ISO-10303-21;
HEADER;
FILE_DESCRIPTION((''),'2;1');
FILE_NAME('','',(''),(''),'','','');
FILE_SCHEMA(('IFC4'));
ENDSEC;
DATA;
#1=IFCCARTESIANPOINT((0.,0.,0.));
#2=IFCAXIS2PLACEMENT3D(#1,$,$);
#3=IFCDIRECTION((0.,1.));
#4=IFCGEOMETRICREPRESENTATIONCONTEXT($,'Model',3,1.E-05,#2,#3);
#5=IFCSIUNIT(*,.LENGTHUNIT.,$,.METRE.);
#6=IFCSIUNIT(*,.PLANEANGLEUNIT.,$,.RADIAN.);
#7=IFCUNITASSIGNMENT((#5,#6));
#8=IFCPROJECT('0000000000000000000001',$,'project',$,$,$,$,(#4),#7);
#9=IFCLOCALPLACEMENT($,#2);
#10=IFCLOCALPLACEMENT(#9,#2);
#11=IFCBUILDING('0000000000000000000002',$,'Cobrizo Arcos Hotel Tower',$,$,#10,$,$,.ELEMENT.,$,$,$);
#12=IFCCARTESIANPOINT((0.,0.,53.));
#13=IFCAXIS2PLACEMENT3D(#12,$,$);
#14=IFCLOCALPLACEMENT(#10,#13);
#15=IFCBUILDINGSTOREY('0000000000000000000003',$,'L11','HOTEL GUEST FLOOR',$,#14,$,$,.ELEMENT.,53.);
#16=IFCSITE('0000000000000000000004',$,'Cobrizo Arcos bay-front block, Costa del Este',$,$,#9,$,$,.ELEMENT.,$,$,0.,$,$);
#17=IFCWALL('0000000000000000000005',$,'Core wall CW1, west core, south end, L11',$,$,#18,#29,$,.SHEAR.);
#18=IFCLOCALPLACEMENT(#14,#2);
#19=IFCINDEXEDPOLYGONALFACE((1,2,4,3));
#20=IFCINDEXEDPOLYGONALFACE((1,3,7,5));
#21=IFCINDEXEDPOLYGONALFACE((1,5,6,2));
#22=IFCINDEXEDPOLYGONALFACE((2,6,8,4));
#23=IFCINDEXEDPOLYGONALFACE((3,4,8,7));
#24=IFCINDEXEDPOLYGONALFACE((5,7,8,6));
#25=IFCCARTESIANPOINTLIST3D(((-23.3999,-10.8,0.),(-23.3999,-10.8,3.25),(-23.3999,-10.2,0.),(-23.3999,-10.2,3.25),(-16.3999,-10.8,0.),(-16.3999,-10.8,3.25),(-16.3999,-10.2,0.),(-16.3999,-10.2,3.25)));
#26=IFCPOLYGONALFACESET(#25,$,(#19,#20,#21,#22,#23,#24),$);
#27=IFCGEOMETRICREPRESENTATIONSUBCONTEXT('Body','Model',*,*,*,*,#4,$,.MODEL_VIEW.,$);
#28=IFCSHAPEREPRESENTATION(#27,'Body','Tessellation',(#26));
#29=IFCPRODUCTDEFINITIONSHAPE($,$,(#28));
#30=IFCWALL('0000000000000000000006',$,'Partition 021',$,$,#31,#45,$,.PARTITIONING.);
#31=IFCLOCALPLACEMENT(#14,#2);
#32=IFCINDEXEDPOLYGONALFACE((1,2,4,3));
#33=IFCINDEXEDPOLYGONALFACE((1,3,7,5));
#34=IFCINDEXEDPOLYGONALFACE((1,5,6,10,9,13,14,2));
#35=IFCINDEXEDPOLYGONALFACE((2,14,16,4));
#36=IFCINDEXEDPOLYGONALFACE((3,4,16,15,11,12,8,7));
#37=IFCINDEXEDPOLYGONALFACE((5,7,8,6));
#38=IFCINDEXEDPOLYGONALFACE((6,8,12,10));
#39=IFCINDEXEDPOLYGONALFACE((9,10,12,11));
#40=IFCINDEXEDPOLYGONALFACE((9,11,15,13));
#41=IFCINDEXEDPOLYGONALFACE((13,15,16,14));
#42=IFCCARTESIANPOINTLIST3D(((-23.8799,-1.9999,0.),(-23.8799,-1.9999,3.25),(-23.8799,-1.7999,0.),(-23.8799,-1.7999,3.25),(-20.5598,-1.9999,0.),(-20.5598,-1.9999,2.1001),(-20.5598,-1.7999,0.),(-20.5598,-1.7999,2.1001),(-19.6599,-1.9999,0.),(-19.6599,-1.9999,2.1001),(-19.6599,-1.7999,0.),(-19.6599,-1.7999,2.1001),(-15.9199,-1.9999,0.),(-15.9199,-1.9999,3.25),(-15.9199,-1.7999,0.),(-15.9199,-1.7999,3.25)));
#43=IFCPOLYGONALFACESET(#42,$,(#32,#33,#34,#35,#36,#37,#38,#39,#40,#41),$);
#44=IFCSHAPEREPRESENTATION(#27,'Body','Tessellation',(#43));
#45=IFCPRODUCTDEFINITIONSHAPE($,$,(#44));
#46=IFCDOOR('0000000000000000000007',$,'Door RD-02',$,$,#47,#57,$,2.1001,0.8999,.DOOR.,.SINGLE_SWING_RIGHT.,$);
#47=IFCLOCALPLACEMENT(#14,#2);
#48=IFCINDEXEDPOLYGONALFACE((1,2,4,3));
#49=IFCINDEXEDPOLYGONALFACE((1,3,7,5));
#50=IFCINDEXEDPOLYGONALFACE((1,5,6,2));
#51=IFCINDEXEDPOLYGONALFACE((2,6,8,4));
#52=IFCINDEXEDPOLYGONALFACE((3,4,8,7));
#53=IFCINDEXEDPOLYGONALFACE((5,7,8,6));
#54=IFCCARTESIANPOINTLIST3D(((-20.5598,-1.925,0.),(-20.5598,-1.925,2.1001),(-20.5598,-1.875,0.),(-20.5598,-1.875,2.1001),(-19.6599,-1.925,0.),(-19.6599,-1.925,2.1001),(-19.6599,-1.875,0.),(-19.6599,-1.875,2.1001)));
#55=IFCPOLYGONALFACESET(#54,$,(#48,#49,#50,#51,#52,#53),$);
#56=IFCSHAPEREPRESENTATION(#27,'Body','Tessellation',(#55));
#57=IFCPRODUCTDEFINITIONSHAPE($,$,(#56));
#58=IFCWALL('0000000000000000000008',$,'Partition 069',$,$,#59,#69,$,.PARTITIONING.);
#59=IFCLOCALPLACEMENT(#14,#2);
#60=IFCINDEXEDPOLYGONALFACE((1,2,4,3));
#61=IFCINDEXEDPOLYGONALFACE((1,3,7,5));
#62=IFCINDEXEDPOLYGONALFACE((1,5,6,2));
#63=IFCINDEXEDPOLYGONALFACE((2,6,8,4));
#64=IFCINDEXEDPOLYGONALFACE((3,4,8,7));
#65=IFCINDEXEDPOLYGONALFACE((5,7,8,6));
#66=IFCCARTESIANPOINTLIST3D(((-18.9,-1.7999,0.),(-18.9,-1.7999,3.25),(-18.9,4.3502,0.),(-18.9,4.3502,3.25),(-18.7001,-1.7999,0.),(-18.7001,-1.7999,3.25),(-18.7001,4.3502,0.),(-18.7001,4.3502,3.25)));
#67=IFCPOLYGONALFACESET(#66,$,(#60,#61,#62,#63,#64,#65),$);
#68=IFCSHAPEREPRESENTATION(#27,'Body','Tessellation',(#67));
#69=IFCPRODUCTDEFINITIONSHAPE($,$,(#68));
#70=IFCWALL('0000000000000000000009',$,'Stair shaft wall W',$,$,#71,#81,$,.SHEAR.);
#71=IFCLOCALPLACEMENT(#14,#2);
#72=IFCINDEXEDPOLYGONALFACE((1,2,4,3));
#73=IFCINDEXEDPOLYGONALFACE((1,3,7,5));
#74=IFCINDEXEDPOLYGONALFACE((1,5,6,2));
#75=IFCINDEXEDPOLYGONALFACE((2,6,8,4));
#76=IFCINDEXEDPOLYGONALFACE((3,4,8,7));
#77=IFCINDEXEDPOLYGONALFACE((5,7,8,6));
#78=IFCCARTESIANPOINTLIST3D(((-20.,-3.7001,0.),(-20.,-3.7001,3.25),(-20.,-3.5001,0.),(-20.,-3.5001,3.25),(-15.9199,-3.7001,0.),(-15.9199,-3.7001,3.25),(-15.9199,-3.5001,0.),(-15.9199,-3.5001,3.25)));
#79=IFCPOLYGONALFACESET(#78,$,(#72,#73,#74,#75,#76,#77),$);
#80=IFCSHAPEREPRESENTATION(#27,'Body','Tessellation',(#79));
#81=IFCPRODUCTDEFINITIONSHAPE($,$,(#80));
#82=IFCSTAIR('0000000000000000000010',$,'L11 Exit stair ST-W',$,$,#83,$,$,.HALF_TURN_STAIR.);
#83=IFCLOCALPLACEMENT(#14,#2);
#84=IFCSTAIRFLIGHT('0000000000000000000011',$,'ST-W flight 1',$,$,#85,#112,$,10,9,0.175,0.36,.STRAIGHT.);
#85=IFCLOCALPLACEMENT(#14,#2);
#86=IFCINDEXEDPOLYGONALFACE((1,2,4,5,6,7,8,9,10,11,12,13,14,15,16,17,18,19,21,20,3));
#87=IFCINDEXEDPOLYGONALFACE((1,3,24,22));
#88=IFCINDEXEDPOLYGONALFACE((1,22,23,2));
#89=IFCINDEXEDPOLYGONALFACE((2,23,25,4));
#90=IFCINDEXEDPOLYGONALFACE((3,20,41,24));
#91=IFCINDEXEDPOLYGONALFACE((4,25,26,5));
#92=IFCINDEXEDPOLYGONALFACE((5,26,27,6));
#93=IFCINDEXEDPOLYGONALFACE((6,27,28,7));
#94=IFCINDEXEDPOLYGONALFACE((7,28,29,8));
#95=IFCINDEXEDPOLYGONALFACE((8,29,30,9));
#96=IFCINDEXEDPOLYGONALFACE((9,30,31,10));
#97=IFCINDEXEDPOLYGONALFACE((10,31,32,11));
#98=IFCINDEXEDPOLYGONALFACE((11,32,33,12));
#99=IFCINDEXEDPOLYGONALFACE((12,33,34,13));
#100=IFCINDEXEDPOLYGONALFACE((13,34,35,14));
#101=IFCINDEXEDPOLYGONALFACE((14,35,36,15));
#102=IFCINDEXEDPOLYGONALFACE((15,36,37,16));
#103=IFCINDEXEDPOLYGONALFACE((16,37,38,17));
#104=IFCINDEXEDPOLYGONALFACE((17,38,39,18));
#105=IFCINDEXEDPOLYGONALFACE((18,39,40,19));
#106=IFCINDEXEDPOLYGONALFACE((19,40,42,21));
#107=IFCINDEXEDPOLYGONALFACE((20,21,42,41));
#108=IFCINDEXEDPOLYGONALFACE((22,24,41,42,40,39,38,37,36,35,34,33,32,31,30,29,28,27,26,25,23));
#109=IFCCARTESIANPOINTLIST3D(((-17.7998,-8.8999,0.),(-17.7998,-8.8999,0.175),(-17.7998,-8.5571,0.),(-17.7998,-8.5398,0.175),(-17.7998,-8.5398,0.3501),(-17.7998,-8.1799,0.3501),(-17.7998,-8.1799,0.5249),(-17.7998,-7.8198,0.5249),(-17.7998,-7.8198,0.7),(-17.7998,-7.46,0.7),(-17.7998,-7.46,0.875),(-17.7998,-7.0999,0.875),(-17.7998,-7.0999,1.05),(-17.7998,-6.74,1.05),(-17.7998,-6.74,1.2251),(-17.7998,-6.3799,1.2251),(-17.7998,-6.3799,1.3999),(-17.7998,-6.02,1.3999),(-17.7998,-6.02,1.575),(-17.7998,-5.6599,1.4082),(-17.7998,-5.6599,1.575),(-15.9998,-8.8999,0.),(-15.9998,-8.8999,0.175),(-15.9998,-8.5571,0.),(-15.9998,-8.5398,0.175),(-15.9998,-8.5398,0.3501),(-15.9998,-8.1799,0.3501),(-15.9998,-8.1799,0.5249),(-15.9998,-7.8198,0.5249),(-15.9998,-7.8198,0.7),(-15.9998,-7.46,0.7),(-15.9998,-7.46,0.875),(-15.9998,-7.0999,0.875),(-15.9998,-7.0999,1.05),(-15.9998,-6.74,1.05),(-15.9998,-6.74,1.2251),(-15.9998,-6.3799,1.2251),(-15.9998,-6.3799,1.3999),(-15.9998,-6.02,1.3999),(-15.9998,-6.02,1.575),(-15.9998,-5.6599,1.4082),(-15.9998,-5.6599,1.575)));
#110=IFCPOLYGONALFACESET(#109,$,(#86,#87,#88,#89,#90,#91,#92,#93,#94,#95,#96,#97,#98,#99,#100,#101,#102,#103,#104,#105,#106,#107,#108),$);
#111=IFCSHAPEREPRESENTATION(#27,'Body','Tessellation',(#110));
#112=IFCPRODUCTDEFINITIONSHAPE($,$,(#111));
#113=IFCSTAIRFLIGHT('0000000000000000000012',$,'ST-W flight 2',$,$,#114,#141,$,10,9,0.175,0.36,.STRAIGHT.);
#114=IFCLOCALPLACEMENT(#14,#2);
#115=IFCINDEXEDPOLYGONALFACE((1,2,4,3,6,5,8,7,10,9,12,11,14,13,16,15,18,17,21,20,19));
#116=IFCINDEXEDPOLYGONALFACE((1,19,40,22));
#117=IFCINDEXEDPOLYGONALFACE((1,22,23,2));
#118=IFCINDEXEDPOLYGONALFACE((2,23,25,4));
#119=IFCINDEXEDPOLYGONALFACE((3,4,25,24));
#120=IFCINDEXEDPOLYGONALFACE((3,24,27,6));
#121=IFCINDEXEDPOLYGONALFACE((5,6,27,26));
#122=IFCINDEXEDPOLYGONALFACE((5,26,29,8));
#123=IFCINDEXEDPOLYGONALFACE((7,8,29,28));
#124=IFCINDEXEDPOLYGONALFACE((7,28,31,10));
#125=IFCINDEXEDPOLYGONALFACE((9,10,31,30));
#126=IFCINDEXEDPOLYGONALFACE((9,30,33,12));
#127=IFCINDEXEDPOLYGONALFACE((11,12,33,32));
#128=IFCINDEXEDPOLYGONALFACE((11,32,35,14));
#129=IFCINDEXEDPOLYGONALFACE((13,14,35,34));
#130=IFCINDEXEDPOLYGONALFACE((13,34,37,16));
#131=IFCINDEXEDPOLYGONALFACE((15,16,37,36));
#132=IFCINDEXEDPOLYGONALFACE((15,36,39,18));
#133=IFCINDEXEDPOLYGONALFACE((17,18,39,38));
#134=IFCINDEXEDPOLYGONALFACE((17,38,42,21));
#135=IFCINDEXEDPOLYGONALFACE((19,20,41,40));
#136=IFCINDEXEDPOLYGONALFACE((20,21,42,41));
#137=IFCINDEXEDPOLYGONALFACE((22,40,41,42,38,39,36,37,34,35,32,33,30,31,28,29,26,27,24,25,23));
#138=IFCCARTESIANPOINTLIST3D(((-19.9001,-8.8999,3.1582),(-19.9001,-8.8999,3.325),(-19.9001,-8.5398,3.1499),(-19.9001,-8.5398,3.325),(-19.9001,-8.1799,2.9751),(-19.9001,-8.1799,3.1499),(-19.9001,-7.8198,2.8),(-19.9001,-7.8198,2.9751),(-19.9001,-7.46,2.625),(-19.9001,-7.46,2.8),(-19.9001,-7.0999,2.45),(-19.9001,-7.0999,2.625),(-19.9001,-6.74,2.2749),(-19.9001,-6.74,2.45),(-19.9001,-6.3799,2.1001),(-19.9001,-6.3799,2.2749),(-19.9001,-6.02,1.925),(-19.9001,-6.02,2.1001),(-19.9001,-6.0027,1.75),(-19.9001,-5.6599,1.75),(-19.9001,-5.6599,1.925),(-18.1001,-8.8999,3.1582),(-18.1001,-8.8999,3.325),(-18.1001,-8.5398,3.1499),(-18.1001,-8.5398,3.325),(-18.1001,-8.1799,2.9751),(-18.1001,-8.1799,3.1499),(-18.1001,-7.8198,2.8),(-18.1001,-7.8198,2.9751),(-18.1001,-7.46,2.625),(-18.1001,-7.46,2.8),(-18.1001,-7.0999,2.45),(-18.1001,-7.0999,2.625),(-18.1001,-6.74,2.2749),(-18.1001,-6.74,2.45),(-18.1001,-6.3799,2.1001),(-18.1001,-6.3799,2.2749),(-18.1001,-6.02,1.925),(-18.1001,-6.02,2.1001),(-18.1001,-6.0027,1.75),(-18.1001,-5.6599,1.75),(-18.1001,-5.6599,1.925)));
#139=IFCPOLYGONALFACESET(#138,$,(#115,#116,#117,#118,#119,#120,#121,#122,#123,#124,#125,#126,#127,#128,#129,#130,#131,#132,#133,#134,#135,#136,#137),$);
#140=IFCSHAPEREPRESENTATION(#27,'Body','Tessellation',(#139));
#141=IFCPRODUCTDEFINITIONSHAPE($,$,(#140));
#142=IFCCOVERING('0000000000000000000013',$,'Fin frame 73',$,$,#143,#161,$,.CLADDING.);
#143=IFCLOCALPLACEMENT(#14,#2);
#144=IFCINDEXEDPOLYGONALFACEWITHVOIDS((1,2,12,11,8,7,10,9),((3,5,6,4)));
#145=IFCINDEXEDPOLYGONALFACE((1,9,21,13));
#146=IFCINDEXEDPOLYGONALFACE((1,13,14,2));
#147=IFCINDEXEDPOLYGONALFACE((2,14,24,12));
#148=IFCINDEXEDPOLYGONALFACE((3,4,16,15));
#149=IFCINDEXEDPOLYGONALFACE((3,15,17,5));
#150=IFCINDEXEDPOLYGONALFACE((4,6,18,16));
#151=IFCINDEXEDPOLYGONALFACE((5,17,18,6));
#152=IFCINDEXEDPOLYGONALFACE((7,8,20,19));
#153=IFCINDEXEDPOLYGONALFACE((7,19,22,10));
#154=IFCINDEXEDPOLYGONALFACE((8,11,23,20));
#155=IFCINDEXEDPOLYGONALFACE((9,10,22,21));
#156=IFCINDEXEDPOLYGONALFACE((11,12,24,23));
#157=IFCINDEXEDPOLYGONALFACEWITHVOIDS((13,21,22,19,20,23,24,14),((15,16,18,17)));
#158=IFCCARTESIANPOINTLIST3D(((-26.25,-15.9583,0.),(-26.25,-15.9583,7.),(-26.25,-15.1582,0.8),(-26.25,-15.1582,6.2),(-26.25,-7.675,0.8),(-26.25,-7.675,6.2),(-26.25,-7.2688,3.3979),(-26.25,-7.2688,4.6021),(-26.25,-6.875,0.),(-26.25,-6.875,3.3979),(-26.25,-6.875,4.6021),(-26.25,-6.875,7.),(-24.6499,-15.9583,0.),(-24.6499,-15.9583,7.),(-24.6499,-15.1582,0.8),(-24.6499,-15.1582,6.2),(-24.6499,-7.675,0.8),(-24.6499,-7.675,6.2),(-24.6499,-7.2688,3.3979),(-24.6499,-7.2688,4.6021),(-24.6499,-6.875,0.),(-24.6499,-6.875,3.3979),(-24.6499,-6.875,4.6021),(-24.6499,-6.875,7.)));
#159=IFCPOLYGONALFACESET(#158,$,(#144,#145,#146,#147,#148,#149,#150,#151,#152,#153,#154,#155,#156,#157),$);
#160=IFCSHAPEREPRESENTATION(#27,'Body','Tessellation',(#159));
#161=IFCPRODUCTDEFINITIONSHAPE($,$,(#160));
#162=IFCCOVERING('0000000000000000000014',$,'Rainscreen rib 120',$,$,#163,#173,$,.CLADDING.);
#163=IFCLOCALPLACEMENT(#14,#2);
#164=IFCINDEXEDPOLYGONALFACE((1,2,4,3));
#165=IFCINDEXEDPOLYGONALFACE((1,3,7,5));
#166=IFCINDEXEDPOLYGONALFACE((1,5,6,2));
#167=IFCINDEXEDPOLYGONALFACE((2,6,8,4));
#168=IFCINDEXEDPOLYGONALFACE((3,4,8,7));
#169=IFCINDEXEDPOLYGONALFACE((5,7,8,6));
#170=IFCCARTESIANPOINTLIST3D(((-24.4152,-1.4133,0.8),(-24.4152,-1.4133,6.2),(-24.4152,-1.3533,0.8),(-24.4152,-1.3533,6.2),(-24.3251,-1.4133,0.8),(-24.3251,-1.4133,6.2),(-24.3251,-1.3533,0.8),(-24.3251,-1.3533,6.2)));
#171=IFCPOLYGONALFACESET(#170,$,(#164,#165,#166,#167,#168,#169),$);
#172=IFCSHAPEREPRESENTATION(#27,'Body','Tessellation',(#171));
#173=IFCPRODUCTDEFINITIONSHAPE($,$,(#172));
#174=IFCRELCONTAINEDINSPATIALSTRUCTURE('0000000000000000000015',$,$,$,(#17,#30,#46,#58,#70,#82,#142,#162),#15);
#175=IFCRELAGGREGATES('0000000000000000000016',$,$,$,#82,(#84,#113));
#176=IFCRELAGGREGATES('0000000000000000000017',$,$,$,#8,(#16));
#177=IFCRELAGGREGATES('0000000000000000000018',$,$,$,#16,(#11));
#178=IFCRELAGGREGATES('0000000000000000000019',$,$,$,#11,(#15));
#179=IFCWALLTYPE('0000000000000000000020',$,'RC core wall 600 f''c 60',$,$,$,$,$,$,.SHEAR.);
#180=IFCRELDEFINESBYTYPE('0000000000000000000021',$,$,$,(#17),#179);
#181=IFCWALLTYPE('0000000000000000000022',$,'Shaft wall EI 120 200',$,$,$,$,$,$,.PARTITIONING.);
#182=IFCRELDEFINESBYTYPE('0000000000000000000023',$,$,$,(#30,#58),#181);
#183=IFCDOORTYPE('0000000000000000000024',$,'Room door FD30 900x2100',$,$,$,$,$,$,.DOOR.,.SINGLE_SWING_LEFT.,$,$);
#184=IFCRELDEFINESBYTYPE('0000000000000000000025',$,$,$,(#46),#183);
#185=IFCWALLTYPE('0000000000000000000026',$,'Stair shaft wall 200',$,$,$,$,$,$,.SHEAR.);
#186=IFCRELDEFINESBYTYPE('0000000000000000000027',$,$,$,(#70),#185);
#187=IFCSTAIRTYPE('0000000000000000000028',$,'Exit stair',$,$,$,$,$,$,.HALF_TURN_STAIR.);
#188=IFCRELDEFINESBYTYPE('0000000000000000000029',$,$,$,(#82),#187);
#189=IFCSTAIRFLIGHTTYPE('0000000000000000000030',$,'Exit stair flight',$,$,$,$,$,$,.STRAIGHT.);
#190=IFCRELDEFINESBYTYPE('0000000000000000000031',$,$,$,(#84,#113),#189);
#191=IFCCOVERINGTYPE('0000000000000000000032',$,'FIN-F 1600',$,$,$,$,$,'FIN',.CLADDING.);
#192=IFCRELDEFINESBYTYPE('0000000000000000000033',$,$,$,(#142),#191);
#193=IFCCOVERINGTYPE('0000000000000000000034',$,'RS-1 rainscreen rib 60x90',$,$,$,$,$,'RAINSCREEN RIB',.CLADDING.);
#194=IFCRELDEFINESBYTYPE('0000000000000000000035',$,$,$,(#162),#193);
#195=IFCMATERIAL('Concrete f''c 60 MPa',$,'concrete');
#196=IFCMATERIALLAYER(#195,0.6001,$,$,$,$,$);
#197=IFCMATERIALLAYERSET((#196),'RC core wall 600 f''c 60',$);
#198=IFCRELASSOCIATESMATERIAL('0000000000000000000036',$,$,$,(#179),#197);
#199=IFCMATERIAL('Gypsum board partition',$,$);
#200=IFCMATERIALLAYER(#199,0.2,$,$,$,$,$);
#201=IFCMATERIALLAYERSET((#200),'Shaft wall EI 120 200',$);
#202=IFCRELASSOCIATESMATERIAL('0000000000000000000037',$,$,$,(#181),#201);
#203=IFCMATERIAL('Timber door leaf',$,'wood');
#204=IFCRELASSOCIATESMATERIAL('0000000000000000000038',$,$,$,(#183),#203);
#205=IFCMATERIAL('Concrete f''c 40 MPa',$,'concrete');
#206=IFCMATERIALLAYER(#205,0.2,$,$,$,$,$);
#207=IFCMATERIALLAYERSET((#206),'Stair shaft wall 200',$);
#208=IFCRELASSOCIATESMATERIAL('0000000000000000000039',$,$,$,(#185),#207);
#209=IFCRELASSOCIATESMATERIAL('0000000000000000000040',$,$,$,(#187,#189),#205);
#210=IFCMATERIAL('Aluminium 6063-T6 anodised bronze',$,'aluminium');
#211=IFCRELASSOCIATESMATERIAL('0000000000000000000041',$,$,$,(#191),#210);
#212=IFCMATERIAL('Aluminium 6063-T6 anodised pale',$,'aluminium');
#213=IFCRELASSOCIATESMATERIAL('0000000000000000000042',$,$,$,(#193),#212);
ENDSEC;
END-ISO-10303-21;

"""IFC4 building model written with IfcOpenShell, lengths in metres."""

from ifc_helpers import new_model, si_unit, direction, frame, frame_2d, origin, origin_2d, place, context, subcontext, project, spatial, polyline, rectangle, outline, extrude, material, layer, layer_set, type_object, element, fill, aggregate, save


model = new_model("IFC4")

# Units and contexts
model_context = context("Model", 3, precision=1e-05, world=origin(), true_north=direction((0.0, 1.0)))
body_context = subcontext(model_context, "Body", "Model", "MODEL_VIEW")
ifc_project = project(units=[si_unit("LENGTHUNIT", "METRE"), si_unit("PLANEANGLEUNIT", "RADIAN")], contexts=[model_context])

# Site, building, storey
site_placement = place(None, origin())
site = spatial("IfcSite", under=ifc_project, at=site_placement, Name="Cobrizo Arcos bay-front block, Costa del Este", CompositionType="ELEMENT", RefElevation=0.0)
building_placement = place(site_placement, origin())
building = spatial("IfcBuilding", under=site, at=building_placement, Name="Cobrizo Arcos Hotel Tower", CompositionType="ELEMENT")
storey_placement = place(building_placement, frame((0.0, 0.0, 53.0)))
storey = spatial("IfcBuildingStorey", under=building, at=storey_placement, Name="L11", Description="HOTEL GUEST FLOOR", CompositionType="ELEMENT", Elevation=53.0)

# Wall
ifc_material_1 = material(Name="Concrete f'c 60 MPa", Category="concrete")
ifc_layer_1 = layer(ifc_material_1, 0.6001)
ifc_layer_set_1 = layer_set([ifc_layer_1], Name="RC core wall 600 f'c 60")
wall_type_1 = type_object("IfcWallType", Name="RC core wall 600 f'c 60", PredefinedType="SHEAR", material=ifc_layer_set_1)
wall_1_placement = place(storey_placement, frame((-23.3999, -10.5, 0.0), z_axis=(0.0, 0.0, 1.0), x_axis=(1.0, 0.0, 0.0)))
element("IfcWall", 1, at=wall_1_placement, inside=storey, type_object=wall_type_1, Name="Core wall CW1, west core, south end, L11", PredefinedType="SHEAR", context=body_context, shape_type="SweptSolid", body=[
    extrude(rectangle(XDim=7.0, YDim=0.6001, at=frame_2d((3.5, 0.0))), origin(), (0.0, 0.0, 1.0), 3.25),
])

# Wall, opening, door
ifc_material_2 = material(Name="Gypsum board partition")
ifc_layer_2 = layer(ifc_material_2, 0.2)
ifc_layer_set_2 = layer_set([ifc_layer_2], Name="Shaft wall EI 120 200")
wall_type_2 = type_object("IfcWallType", Name="Shaft wall EI 120 200", PredefinedType="PARTITIONING", material=ifc_layer_set_2)
wall_2_placement = place(storey_placement, frame((-23.8799, -1.8999, 0.0), z_axis=(0.0, 0.0, 1.0), x_axis=(1.0, 0.0, 0.0)))
wall_2 = element("IfcWall", 2, at=wall_2_placement, inside=storey, type_object=wall_type_2, Name="Partition 021", PredefinedType="PARTITIONING", context=body_context, shape_type="SweptSolid", body=[
    extrude(rectangle(XDim=7.96, YDim=0.2, at=frame_2d((3.98, 0.0))), origin(), (0.0, 0.0, 1.0), 3.25),
])
opening_placement = place(wall_2_placement, frame((3.3201, 0.0, 0.0)))
opening = element("IfcOpeningElement", 3, at=opening_placement, cuts=wall_2, PredefinedType="OPENING", context=body_context, shape_type="SweptSolid", body=[
    extrude(rectangle(XDim=0.8999, YDim=2.1001, at=frame_2d((0.45, 1.05))), frame((0.0, 0.1121, 0.0), z_axis=(0.0, -1.0, 0.0), x_axis=(1.0, 0.0, 0.0)), (0.0, 0.0, 1.0), 0.2239),
])
ifc_material_3 = material(Name="Timber door leaf", Category="wood")
door_type = type_object("IfcDoorType", Name="Room door FD30 900x2100", OperationType="SINGLE_SWING_LEFT", PredefinedType="DOOR", material=ifc_material_3)
door_placement = place(opening_placement, origin())
door = element("IfcDoor", 4, at=door_placement, inside=storey, type_object=door_type, Name="Door RD-02", OperationType="SINGLE_SWING_RIGHT", OverallHeight=2.1001, OverallWidth=0.8999, PredefinedType="DOOR", context=body_context, shape_type="SweptSolid", body=[
    extrude(rectangle(XDim=0.8999, YDim=2.1001, at=frame_2d((0.45, 1.05))), frame((0.0, 0.0249, 0.0), z_axis=(0.0, -1.0, 0.0), x_axis=(1.0, 0.0, 0.0)), (0.0, 0.0, 1.0), 0.05),
])
fill(opening, door)

# Walls
wall_3_placement = place(storey_placement, frame((-18.8, -1.8, 0.0), z_axis=(0.0, 0.0, 1.0), x_axis=(0.0, 1.0, 0.0)))
element("IfcWall", 5, at=wall_3_placement, inside=storey, type_object=wall_type_2, Name="Partition 069", PredefinedType="PARTITIONING", context=body_context, shape_type="SweptSolid", body=[
    extrude(rectangle(XDim=6.1501, YDim=0.2, at=frame_2d((3.0752, 0.0))), origin(), (0.0, 0.0, 1.0), 3.25),
])
ifc_material_4 = material(Name="Concrete f'c 40 MPa", Category="concrete")
ifc_layer_3 = layer(ifc_material_4, 0.2)
ifc_layer_set_3 = layer_set([ifc_layer_3], Name="Stair shaft wall 200")
wall_type_3 = type_object("IfcWallType", Name="Stair shaft wall 200", PredefinedType="SHEAR", material=ifc_layer_set_3)
wall_4_placement = place(storey_placement, frame((-20.0, -3.6001, 0.0), z_axis=(0.0, 0.0, 1.0), x_axis=(1.0, 0.0, 0.0)))
element("IfcWall", 6, at=wall_4_placement, inside=storey, type_object=wall_type_3, Name="Stair shaft wall W", PredefinedType="SHEAR", context=body_context, shape_type="SweptSolid", body=[
    extrude(rectangle(XDim=4.0801, YDim=0.2, at=frame_2d((2.04, 0.0))), origin(), (0.0, 0.0, 1.0), 3.25),
])

# Stair, stair flights
stair_type = type_object("IfcStairType", Name="Exit stair", PredefinedType="HALF_TURN_STAIR", material=ifc_material_4)
stair_placement = place(storey_placement, origin())
stair = element("IfcStair", 7, at=stair_placement, inside=storey, type_object=stair_type, Name="L11 Exit stair ST-W", PredefinedType="HALF_TURN_STAIR")
stair_flight_type = type_object("IfcStairFlightType", Name="Exit stair flight", PredefinedType="STRAIGHT", material=ifc_material_4)
stair_flight_1_placement = place(storey_placement, frame((-16.8999, -8.8999, 0.0), z_axis=(0.0, 0.0, 1.0), x_axis=(0.0, 1.0, 0.0)))
stair_flight_1 = element("IfcStairFlight", 8, at=stair_flight_1_placement, type_object=stair_flight_type, Name="ST-W flight 1", NumberOfRisers=10, NumberOfTreads=9, PredefinedType="STRAIGHT", RiserHeight=0.175, TreadLength=0.36, context=body_context, shape_type="SweptSolid", body=[
    extrude(outline(polyline([(0.0, 0.0), (0.0, 0.175), (0.3601, 0.175), (0.3601, 0.3501), (0.72, 0.3501), (0.72, 0.5249), (1.0801, 0.5249), (1.0801, 0.7), (1.4399, 0.7), (1.4399, 0.875), (1.8, 0.875), (1.8, 1.05), (2.1599, 1.05), (2.1599, 1.2251), (2.52, 1.2251), (2.52, 1.3999), (2.8799, 1.3999), (2.8799, 1.575), (3.24, 1.575), (3.24, 1.75), (3.24, 1.4082), (0.3428, 0.0), (0.0, 0.0)])), frame((0.0, 0.8999, 0.0), z_axis=(0.0, -1.0, 0.0), x_axis=(1.0, 0.0, 0.0)), (0.0, 0.0, 1.0), 1.8),
])
stair_flight_2_placement = place(storey_placement, frame((-19.0, -5.6599, 1.75), z_axis=(0.0, 0.0, 1.0), x_axis=(0.0, -1.0, 0.0)))
stair_flight_2 = element("IfcStairFlight", 9, at=stair_flight_2_placement, type_object=stair_flight_type, Name="ST-W flight 2", NumberOfRisers=10, NumberOfTreads=9, PredefinedType="STRAIGHT", RiserHeight=0.175, TreadLength=0.36, context=body_context, shape_type="SweptSolid", body=[
    extrude(outline(polyline([(0.0, 0.0), (0.0, 0.175), (0.3601, 0.175), (0.3601, 0.3501), (0.72, 0.3501), (0.72, 0.5249), (1.0801, 0.5249), (1.0801, 0.7), (1.4399, 0.7), (1.4399, 0.875), (1.8, 0.875), (1.8, 1.05), (2.1599, 1.05), (2.1599, 1.2251), (2.52, 1.2251), (2.52, 1.3999), (2.8799, 1.3999), (2.8799, 1.575), (3.24, 1.575), (3.24, 1.75), (3.24, 1.4082), (0.3428, 0.0), (0.0, 0.0)])), frame((0.0, 0.8999, 0.0), z_axis=(0.0, -1.0, 0.0), x_axis=(1.0, 0.0, 0.0)), (0.0, 0.0, 1.0), 1.8),
])
aggregate(stair, [stair_flight_1, stair_flight_2])

# Coverings
ifc_material_5 = material(Name="Aluminium 6063-T6 anodised bronze", Category="aluminium")
covering_type_1 = type_object("IfcCoveringType", Name="FIN-F 1600", ElementType="FIN", PredefinedType="CLADDING", material=ifc_material_5)
covering_placement = place(storey_placement, frame((-24.6499, -6.875, 0.0), z_axis=(-1.0, 0.0, 0.0), x_axis=(0.0, -1.0, 0.0)))
element("IfcCovering", 10, at=covering_placement, inside=storey, type_object=covering_type_1, Name="Fin frame 73", PredefinedType="CLADDING", context=body_context, shape_type="SweptSolid", body=[
    extrude(outline(polyline([(0.0, 7.0), (0.0, 4.6021), (0.3938, 4.6021), (0.3938, 3.3979), (0.0, 3.3979), (0.0, 0.0), (9.0833, 0.0), (9.0833, 7.0), (0.0, 7.0)]), holes=[polyline([(8.2832, 0.8), (0.8, 0.8), (0.8, 6.2), (8.2832, 6.2), (8.2832, 0.8)])]), origin(), (0.0, 0.0, 1.0), 1.6001),
])
ifc_material_6 = material(Name="Aluminium 6063-T6 anodised pale", Category="aluminium")
covering_type_2 = type_object("IfcCoveringType", Name="RS-1 rainscreen rib 60x90", ElementType="RAINSCREEN RIB", PredefinedType="CLADDING", material=ifc_material_6)
for number, where, z_axis, x_axis, name in (
    (11, (-24.3701, -1.3833, 0.8), (0.0, 0.0, 1.0), (0.0, -1.0, 0.0), "Rainscreen rib 120"),
):
    element("IfcCovering", number, at=place(storey_placement, frame(where, z_axis=z_axis, x_axis=x_axis)), inside=storey, type_object=covering_type_2, Name=name, PredefinedType="CLADDING", context=body_context, shape_type="SweptSolid", body=[
        extrude(rectangle(XDim=0.0601, YDim=0.0901, at=origin_2d()), origin(), (0.0, 0.0, 1.0), 5.3999),
    ])

save(model, "model.ifc")
